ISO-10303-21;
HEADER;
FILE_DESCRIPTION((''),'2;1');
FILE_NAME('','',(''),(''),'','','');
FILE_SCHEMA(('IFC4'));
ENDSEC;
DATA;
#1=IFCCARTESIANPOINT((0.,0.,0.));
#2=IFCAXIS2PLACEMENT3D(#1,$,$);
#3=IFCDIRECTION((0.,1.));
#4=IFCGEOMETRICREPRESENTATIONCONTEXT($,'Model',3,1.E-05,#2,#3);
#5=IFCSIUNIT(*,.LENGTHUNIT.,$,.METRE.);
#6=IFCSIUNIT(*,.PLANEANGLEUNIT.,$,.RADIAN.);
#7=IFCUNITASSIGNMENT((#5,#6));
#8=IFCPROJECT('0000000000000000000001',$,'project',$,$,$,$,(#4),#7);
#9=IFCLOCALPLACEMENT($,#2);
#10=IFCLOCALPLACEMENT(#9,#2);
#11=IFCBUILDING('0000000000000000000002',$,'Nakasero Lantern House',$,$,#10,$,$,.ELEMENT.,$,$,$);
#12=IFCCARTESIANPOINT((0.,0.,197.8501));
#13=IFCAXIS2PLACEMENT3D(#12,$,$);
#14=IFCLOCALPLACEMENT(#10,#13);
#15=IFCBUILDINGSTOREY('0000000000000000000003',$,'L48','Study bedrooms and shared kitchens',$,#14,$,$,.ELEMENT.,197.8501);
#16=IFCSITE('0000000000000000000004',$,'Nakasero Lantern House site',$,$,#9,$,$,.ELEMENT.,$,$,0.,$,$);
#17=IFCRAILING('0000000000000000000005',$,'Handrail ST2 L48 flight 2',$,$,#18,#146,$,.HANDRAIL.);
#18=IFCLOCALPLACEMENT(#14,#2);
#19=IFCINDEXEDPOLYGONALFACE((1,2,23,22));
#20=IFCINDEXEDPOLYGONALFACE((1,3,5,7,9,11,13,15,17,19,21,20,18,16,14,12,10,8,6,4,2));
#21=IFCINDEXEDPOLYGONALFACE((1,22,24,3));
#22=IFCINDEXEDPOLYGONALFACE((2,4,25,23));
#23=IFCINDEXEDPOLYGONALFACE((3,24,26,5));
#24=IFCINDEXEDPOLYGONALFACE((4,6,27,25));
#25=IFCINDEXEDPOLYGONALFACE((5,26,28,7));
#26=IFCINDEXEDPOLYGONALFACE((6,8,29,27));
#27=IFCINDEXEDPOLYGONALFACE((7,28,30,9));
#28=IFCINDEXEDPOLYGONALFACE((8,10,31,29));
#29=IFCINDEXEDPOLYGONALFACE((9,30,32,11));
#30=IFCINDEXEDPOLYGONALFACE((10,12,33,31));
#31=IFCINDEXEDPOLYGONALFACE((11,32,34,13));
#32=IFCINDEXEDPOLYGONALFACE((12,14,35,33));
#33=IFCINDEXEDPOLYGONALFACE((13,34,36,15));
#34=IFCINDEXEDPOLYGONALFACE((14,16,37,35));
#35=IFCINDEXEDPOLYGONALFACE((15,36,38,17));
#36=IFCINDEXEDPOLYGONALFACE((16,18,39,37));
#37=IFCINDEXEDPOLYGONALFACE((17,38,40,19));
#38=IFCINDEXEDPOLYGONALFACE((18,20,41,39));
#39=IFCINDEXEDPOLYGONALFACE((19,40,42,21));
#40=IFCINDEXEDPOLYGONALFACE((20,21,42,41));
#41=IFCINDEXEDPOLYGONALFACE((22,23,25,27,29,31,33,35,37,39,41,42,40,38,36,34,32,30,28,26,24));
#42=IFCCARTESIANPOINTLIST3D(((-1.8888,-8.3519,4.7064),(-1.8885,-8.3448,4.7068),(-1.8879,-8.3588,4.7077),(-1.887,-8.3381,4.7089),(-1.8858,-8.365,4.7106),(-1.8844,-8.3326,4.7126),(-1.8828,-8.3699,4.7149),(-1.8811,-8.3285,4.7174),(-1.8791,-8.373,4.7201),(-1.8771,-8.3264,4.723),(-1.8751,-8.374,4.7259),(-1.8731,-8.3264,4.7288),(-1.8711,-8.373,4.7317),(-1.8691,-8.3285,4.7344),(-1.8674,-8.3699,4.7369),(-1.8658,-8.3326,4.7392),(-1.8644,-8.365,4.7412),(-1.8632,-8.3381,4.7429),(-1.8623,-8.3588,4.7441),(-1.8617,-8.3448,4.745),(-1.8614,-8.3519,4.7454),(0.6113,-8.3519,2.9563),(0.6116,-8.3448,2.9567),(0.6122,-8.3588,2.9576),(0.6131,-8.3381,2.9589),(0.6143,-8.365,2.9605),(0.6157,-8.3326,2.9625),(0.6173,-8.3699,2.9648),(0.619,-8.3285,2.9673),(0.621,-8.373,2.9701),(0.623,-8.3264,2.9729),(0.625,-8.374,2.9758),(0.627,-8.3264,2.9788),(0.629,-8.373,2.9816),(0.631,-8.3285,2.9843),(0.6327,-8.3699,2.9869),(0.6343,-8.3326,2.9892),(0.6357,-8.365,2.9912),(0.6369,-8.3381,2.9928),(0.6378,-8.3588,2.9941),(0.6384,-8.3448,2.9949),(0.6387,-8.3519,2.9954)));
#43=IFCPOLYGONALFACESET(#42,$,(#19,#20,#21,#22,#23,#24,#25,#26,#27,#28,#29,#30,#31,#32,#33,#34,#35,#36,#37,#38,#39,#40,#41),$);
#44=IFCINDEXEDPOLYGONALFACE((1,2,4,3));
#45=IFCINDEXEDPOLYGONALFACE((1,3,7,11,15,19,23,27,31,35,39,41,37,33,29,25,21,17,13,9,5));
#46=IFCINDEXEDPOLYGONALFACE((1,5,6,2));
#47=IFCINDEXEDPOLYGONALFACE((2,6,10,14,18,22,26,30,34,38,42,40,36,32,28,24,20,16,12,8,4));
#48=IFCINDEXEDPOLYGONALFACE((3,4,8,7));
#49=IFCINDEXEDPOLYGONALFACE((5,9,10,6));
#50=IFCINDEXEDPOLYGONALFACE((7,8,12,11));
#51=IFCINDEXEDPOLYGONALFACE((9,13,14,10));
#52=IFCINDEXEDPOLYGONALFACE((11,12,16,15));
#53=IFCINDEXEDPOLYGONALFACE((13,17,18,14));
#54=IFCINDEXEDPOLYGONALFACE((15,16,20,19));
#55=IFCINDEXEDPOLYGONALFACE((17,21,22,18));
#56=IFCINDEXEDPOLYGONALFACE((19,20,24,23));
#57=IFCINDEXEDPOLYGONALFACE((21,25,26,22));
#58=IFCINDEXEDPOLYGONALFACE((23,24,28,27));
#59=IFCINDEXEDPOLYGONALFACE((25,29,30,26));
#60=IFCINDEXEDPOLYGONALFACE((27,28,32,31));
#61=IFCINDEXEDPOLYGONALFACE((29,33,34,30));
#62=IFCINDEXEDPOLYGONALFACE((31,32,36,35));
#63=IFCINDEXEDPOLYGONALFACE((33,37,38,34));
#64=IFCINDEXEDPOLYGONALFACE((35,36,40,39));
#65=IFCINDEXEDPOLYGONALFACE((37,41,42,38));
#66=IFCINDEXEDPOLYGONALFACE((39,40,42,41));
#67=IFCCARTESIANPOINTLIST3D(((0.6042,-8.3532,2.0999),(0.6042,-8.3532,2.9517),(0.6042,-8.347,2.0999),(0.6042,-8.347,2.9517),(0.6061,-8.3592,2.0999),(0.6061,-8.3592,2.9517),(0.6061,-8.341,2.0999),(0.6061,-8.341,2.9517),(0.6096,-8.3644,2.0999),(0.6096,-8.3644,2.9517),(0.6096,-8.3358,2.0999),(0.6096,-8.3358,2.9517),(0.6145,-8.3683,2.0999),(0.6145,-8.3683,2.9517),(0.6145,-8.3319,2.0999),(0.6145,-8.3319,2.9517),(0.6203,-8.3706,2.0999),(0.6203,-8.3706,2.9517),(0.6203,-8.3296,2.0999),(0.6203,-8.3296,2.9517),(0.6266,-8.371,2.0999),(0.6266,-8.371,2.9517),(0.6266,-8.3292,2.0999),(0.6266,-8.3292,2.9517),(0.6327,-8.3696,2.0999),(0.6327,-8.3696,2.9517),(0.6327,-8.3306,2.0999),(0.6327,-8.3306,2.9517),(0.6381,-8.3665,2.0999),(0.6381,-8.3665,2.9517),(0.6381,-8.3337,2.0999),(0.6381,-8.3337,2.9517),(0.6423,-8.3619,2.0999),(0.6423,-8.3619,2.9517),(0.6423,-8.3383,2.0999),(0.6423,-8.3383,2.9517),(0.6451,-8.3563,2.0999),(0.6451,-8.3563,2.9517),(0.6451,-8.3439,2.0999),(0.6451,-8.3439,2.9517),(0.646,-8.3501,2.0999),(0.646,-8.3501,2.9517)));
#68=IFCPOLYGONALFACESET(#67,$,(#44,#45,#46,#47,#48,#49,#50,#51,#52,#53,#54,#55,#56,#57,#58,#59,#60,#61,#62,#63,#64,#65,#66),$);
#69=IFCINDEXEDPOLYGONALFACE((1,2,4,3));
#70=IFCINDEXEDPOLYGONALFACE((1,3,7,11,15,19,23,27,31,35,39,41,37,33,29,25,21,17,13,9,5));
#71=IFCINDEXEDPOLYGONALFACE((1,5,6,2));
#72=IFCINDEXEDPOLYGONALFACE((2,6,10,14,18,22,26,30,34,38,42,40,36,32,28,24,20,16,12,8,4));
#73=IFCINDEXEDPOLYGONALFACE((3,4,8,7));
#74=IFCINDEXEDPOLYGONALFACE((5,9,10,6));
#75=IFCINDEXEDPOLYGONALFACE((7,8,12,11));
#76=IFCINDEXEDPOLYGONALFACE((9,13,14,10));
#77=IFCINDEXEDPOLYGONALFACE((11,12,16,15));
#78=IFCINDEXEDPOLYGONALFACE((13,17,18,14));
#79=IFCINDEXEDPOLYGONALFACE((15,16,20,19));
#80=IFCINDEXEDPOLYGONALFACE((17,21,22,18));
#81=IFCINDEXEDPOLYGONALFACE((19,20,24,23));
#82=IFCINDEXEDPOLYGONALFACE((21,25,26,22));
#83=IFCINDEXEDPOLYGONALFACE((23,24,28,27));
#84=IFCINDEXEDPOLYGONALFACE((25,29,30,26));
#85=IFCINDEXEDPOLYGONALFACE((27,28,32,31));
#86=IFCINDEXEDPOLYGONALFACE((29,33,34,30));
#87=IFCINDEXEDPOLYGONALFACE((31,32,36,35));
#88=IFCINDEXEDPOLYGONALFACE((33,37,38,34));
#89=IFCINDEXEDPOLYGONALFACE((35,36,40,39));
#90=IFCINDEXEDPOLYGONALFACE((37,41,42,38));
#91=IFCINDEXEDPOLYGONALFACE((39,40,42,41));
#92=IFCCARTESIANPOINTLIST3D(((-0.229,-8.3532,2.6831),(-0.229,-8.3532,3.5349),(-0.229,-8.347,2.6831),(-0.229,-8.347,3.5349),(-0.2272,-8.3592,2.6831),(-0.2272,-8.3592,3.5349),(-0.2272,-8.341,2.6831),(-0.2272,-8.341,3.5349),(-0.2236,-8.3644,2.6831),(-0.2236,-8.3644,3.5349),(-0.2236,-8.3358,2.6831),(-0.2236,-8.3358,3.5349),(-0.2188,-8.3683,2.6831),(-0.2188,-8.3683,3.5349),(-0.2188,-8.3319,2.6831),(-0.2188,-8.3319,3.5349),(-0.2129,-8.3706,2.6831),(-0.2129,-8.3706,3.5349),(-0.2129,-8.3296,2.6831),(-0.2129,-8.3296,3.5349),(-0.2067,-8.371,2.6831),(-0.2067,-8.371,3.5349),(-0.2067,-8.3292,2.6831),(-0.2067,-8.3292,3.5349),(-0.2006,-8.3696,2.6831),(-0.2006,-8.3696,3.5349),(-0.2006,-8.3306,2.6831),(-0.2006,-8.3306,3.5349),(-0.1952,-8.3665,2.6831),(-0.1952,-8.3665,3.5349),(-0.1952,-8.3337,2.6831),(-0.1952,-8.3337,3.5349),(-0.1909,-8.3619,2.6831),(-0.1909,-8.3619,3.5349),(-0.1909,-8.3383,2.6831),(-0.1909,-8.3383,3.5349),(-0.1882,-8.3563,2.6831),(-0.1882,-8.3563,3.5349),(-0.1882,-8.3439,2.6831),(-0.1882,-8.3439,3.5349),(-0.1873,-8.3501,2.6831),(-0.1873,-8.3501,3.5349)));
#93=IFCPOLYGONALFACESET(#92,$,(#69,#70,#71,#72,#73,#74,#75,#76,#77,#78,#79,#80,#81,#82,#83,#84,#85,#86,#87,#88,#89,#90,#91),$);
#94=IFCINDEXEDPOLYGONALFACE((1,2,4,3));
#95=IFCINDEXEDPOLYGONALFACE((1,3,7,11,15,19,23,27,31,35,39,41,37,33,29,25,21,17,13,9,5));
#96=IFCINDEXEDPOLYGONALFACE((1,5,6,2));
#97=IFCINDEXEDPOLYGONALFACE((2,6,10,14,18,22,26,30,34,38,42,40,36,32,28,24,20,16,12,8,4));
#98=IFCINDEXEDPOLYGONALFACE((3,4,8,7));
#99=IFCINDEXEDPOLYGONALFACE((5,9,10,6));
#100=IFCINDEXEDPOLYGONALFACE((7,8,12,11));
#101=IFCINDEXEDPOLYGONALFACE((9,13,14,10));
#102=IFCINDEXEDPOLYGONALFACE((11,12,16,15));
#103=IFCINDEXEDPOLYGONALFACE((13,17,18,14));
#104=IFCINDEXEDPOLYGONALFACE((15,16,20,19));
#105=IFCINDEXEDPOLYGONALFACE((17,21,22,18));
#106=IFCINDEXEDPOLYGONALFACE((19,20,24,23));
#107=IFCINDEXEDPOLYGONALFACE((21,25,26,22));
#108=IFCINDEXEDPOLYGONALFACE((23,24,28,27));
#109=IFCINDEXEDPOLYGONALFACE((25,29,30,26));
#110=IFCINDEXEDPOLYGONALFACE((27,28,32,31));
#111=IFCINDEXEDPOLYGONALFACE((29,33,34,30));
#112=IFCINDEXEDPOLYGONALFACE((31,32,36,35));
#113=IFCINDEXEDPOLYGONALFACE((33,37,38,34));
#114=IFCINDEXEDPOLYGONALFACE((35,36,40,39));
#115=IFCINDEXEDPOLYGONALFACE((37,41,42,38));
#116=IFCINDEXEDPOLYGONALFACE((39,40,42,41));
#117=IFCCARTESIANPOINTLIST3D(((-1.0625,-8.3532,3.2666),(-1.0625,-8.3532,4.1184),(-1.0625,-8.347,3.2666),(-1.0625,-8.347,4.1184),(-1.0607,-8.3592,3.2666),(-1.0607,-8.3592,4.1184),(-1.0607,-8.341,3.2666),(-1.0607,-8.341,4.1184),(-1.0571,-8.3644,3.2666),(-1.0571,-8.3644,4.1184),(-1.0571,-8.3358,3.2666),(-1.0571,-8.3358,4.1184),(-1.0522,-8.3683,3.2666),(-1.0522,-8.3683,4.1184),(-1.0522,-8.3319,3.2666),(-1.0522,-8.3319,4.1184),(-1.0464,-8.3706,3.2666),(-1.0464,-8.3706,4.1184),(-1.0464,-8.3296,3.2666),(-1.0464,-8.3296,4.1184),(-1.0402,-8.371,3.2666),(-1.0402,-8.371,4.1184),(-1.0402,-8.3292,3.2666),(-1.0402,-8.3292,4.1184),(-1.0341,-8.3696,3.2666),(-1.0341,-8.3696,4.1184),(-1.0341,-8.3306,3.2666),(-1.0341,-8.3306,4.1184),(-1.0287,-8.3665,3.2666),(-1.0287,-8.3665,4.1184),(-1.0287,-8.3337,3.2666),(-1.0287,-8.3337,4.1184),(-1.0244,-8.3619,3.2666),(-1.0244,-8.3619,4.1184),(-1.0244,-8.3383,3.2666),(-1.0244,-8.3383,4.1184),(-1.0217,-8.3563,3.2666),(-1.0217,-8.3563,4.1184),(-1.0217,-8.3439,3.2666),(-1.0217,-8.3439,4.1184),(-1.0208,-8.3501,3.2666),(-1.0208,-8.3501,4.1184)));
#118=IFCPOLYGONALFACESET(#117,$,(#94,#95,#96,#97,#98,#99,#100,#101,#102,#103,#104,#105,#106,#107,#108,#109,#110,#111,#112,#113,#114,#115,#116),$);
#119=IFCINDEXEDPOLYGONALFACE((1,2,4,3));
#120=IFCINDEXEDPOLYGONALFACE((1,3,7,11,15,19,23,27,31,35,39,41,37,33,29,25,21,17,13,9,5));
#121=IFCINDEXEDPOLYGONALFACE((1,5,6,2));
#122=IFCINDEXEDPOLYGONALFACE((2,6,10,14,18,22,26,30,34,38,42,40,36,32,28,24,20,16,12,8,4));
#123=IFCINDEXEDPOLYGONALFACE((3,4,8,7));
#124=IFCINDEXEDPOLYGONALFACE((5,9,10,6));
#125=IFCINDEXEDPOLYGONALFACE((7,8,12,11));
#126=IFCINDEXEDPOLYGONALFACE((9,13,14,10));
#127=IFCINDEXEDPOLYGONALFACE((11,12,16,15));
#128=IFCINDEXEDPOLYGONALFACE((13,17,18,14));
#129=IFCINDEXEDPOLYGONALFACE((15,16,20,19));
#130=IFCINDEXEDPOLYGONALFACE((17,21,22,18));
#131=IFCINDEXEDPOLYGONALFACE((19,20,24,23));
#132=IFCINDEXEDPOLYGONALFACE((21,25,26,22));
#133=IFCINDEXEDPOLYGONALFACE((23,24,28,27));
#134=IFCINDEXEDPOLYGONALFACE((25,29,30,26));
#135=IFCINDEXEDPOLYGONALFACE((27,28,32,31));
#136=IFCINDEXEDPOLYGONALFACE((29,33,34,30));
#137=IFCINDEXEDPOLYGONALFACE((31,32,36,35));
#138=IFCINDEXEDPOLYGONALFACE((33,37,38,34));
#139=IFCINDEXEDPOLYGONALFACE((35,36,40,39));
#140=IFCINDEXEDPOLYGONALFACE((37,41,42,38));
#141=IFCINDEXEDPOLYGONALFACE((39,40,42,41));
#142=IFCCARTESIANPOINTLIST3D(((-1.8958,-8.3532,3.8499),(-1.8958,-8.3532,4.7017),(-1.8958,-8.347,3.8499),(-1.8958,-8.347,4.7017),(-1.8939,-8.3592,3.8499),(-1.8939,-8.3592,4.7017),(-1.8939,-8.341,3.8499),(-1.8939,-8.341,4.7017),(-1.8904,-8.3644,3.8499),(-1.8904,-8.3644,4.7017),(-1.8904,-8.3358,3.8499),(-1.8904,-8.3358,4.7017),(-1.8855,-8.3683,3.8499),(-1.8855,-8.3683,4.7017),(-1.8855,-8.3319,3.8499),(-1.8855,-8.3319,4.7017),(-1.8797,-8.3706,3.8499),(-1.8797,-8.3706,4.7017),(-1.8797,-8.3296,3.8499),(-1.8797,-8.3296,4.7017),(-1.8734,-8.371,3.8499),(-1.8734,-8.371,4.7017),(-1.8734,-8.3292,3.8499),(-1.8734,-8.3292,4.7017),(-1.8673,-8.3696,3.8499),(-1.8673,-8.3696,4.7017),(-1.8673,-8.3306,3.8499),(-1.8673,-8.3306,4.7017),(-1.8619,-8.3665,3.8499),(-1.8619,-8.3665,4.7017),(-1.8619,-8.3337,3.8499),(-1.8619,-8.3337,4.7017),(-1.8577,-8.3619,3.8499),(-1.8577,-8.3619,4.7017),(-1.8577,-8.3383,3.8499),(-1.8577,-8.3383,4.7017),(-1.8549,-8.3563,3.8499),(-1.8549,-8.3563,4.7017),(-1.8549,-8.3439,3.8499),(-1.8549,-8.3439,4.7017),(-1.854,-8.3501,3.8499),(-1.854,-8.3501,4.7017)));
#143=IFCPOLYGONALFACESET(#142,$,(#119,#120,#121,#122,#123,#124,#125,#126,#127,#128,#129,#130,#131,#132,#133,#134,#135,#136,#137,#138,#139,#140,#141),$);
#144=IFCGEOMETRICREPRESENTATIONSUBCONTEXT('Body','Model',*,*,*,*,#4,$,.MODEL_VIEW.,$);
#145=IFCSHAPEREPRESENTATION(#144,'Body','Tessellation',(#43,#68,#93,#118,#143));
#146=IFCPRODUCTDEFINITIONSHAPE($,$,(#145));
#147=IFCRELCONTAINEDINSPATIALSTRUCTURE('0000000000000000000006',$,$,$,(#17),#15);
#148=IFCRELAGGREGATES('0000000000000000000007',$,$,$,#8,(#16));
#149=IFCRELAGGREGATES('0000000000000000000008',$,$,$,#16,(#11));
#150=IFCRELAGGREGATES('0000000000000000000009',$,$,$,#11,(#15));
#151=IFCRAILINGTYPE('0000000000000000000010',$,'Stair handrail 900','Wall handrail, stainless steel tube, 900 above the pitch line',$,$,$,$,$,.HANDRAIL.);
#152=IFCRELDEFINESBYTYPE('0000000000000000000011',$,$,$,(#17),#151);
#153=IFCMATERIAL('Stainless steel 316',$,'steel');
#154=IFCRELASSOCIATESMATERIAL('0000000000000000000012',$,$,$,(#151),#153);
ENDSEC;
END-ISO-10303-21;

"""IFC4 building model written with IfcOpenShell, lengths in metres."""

from ifc_helpers import new_model, si_unit, direction, frame, origin, origin_2d, place, context, subcontext, project, spatial, circle, extrude, material, type_object, element, save


model = new_model("IFC4")

# Units and contexts
model_context = context("Model", 3, precision=1e-05, world=origin(), true_north=direction((0.0, 1.0)))
body_context = subcontext(model_context, "Body", "Model", "MODEL_VIEW")
ifc_project = project(units=[si_unit("LENGTHUNIT", "METRE"), si_unit("PLANEANGLEUNIT", "RADIAN")], contexts=[model_context])

# Site, building, storey
site_placement = place(None, origin())
site = spatial("IfcSite", under=ifc_project, at=site_placement, Name="Nakasero Lantern House site", CompositionType="ELEMENT", RefElevation=0.0)
building_placement = place(site_placement, origin())
building = spatial("IfcBuilding", under=site, at=building_placement, Name="Nakasero Lantern House", CompositionType="ELEMENT")
storey_placement = place(building_placement, frame((0.0, 0.0, 197.8501)))
storey = spatial("IfcBuildingStorey", under=building, at=storey_placement, Name="L48", Description="Study bedrooms and shared kitchens", CompositionType="ELEMENT", Elevation=197.8501)

# Railing
ifc_material_1 = material(Name="Stainless steel 316", Category="steel")
railing_type = type_object("IfcRailingType", Name="Stair handrail 900", Description="Wall handrail, stainless steel tube, 900 above the pitch line", PredefinedType="HANDRAIL", material=ifc_material_1)
railing_placement = place(storey_placement, frame((0.625, -8.3501, 2.0999)))
element("IfcRailing", 1, at=railing_placement, inside=storey, type_object=railing_type, Name="Handrail ST2 L48 flight 2", PredefinedType="HANDRAIL", context=body_context, shape_type="SweptSolid", body=[
    extrude(circle(Radius=0.0239, at=origin_2d()), frame((0.0, 0.0, 0.876), z_axis=(-0.819232, 0.0, 0.573462), x_axis=(0.0, -1.0, 0.0)), (0.0, 0.0, 1.0), 3.0518),
    extrude(circle(Radius=0.021, at=origin_2d()), origin(), (0.0, 0.0, 1.0), 0.8518),
    extrude(circle(Radius=0.021, at=origin_2d()), frame((-0.8333, 0.0, 0.5833)), (0.0, 0.0, 1.0), 0.8518),
    extrude(circle(Radius=0.021, at=origin_2d()), frame((-1.6667, 0.0, 1.1667)), (0.0, 0.0, 1.0), 0.8518),
    extrude(circle(Radius=0.021, at=origin_2d()), frame((-2.5, 0.0, 1.75)), (0.0, 0.0, 1.0), 0.8518),
])

save(model, "model.ifc")
